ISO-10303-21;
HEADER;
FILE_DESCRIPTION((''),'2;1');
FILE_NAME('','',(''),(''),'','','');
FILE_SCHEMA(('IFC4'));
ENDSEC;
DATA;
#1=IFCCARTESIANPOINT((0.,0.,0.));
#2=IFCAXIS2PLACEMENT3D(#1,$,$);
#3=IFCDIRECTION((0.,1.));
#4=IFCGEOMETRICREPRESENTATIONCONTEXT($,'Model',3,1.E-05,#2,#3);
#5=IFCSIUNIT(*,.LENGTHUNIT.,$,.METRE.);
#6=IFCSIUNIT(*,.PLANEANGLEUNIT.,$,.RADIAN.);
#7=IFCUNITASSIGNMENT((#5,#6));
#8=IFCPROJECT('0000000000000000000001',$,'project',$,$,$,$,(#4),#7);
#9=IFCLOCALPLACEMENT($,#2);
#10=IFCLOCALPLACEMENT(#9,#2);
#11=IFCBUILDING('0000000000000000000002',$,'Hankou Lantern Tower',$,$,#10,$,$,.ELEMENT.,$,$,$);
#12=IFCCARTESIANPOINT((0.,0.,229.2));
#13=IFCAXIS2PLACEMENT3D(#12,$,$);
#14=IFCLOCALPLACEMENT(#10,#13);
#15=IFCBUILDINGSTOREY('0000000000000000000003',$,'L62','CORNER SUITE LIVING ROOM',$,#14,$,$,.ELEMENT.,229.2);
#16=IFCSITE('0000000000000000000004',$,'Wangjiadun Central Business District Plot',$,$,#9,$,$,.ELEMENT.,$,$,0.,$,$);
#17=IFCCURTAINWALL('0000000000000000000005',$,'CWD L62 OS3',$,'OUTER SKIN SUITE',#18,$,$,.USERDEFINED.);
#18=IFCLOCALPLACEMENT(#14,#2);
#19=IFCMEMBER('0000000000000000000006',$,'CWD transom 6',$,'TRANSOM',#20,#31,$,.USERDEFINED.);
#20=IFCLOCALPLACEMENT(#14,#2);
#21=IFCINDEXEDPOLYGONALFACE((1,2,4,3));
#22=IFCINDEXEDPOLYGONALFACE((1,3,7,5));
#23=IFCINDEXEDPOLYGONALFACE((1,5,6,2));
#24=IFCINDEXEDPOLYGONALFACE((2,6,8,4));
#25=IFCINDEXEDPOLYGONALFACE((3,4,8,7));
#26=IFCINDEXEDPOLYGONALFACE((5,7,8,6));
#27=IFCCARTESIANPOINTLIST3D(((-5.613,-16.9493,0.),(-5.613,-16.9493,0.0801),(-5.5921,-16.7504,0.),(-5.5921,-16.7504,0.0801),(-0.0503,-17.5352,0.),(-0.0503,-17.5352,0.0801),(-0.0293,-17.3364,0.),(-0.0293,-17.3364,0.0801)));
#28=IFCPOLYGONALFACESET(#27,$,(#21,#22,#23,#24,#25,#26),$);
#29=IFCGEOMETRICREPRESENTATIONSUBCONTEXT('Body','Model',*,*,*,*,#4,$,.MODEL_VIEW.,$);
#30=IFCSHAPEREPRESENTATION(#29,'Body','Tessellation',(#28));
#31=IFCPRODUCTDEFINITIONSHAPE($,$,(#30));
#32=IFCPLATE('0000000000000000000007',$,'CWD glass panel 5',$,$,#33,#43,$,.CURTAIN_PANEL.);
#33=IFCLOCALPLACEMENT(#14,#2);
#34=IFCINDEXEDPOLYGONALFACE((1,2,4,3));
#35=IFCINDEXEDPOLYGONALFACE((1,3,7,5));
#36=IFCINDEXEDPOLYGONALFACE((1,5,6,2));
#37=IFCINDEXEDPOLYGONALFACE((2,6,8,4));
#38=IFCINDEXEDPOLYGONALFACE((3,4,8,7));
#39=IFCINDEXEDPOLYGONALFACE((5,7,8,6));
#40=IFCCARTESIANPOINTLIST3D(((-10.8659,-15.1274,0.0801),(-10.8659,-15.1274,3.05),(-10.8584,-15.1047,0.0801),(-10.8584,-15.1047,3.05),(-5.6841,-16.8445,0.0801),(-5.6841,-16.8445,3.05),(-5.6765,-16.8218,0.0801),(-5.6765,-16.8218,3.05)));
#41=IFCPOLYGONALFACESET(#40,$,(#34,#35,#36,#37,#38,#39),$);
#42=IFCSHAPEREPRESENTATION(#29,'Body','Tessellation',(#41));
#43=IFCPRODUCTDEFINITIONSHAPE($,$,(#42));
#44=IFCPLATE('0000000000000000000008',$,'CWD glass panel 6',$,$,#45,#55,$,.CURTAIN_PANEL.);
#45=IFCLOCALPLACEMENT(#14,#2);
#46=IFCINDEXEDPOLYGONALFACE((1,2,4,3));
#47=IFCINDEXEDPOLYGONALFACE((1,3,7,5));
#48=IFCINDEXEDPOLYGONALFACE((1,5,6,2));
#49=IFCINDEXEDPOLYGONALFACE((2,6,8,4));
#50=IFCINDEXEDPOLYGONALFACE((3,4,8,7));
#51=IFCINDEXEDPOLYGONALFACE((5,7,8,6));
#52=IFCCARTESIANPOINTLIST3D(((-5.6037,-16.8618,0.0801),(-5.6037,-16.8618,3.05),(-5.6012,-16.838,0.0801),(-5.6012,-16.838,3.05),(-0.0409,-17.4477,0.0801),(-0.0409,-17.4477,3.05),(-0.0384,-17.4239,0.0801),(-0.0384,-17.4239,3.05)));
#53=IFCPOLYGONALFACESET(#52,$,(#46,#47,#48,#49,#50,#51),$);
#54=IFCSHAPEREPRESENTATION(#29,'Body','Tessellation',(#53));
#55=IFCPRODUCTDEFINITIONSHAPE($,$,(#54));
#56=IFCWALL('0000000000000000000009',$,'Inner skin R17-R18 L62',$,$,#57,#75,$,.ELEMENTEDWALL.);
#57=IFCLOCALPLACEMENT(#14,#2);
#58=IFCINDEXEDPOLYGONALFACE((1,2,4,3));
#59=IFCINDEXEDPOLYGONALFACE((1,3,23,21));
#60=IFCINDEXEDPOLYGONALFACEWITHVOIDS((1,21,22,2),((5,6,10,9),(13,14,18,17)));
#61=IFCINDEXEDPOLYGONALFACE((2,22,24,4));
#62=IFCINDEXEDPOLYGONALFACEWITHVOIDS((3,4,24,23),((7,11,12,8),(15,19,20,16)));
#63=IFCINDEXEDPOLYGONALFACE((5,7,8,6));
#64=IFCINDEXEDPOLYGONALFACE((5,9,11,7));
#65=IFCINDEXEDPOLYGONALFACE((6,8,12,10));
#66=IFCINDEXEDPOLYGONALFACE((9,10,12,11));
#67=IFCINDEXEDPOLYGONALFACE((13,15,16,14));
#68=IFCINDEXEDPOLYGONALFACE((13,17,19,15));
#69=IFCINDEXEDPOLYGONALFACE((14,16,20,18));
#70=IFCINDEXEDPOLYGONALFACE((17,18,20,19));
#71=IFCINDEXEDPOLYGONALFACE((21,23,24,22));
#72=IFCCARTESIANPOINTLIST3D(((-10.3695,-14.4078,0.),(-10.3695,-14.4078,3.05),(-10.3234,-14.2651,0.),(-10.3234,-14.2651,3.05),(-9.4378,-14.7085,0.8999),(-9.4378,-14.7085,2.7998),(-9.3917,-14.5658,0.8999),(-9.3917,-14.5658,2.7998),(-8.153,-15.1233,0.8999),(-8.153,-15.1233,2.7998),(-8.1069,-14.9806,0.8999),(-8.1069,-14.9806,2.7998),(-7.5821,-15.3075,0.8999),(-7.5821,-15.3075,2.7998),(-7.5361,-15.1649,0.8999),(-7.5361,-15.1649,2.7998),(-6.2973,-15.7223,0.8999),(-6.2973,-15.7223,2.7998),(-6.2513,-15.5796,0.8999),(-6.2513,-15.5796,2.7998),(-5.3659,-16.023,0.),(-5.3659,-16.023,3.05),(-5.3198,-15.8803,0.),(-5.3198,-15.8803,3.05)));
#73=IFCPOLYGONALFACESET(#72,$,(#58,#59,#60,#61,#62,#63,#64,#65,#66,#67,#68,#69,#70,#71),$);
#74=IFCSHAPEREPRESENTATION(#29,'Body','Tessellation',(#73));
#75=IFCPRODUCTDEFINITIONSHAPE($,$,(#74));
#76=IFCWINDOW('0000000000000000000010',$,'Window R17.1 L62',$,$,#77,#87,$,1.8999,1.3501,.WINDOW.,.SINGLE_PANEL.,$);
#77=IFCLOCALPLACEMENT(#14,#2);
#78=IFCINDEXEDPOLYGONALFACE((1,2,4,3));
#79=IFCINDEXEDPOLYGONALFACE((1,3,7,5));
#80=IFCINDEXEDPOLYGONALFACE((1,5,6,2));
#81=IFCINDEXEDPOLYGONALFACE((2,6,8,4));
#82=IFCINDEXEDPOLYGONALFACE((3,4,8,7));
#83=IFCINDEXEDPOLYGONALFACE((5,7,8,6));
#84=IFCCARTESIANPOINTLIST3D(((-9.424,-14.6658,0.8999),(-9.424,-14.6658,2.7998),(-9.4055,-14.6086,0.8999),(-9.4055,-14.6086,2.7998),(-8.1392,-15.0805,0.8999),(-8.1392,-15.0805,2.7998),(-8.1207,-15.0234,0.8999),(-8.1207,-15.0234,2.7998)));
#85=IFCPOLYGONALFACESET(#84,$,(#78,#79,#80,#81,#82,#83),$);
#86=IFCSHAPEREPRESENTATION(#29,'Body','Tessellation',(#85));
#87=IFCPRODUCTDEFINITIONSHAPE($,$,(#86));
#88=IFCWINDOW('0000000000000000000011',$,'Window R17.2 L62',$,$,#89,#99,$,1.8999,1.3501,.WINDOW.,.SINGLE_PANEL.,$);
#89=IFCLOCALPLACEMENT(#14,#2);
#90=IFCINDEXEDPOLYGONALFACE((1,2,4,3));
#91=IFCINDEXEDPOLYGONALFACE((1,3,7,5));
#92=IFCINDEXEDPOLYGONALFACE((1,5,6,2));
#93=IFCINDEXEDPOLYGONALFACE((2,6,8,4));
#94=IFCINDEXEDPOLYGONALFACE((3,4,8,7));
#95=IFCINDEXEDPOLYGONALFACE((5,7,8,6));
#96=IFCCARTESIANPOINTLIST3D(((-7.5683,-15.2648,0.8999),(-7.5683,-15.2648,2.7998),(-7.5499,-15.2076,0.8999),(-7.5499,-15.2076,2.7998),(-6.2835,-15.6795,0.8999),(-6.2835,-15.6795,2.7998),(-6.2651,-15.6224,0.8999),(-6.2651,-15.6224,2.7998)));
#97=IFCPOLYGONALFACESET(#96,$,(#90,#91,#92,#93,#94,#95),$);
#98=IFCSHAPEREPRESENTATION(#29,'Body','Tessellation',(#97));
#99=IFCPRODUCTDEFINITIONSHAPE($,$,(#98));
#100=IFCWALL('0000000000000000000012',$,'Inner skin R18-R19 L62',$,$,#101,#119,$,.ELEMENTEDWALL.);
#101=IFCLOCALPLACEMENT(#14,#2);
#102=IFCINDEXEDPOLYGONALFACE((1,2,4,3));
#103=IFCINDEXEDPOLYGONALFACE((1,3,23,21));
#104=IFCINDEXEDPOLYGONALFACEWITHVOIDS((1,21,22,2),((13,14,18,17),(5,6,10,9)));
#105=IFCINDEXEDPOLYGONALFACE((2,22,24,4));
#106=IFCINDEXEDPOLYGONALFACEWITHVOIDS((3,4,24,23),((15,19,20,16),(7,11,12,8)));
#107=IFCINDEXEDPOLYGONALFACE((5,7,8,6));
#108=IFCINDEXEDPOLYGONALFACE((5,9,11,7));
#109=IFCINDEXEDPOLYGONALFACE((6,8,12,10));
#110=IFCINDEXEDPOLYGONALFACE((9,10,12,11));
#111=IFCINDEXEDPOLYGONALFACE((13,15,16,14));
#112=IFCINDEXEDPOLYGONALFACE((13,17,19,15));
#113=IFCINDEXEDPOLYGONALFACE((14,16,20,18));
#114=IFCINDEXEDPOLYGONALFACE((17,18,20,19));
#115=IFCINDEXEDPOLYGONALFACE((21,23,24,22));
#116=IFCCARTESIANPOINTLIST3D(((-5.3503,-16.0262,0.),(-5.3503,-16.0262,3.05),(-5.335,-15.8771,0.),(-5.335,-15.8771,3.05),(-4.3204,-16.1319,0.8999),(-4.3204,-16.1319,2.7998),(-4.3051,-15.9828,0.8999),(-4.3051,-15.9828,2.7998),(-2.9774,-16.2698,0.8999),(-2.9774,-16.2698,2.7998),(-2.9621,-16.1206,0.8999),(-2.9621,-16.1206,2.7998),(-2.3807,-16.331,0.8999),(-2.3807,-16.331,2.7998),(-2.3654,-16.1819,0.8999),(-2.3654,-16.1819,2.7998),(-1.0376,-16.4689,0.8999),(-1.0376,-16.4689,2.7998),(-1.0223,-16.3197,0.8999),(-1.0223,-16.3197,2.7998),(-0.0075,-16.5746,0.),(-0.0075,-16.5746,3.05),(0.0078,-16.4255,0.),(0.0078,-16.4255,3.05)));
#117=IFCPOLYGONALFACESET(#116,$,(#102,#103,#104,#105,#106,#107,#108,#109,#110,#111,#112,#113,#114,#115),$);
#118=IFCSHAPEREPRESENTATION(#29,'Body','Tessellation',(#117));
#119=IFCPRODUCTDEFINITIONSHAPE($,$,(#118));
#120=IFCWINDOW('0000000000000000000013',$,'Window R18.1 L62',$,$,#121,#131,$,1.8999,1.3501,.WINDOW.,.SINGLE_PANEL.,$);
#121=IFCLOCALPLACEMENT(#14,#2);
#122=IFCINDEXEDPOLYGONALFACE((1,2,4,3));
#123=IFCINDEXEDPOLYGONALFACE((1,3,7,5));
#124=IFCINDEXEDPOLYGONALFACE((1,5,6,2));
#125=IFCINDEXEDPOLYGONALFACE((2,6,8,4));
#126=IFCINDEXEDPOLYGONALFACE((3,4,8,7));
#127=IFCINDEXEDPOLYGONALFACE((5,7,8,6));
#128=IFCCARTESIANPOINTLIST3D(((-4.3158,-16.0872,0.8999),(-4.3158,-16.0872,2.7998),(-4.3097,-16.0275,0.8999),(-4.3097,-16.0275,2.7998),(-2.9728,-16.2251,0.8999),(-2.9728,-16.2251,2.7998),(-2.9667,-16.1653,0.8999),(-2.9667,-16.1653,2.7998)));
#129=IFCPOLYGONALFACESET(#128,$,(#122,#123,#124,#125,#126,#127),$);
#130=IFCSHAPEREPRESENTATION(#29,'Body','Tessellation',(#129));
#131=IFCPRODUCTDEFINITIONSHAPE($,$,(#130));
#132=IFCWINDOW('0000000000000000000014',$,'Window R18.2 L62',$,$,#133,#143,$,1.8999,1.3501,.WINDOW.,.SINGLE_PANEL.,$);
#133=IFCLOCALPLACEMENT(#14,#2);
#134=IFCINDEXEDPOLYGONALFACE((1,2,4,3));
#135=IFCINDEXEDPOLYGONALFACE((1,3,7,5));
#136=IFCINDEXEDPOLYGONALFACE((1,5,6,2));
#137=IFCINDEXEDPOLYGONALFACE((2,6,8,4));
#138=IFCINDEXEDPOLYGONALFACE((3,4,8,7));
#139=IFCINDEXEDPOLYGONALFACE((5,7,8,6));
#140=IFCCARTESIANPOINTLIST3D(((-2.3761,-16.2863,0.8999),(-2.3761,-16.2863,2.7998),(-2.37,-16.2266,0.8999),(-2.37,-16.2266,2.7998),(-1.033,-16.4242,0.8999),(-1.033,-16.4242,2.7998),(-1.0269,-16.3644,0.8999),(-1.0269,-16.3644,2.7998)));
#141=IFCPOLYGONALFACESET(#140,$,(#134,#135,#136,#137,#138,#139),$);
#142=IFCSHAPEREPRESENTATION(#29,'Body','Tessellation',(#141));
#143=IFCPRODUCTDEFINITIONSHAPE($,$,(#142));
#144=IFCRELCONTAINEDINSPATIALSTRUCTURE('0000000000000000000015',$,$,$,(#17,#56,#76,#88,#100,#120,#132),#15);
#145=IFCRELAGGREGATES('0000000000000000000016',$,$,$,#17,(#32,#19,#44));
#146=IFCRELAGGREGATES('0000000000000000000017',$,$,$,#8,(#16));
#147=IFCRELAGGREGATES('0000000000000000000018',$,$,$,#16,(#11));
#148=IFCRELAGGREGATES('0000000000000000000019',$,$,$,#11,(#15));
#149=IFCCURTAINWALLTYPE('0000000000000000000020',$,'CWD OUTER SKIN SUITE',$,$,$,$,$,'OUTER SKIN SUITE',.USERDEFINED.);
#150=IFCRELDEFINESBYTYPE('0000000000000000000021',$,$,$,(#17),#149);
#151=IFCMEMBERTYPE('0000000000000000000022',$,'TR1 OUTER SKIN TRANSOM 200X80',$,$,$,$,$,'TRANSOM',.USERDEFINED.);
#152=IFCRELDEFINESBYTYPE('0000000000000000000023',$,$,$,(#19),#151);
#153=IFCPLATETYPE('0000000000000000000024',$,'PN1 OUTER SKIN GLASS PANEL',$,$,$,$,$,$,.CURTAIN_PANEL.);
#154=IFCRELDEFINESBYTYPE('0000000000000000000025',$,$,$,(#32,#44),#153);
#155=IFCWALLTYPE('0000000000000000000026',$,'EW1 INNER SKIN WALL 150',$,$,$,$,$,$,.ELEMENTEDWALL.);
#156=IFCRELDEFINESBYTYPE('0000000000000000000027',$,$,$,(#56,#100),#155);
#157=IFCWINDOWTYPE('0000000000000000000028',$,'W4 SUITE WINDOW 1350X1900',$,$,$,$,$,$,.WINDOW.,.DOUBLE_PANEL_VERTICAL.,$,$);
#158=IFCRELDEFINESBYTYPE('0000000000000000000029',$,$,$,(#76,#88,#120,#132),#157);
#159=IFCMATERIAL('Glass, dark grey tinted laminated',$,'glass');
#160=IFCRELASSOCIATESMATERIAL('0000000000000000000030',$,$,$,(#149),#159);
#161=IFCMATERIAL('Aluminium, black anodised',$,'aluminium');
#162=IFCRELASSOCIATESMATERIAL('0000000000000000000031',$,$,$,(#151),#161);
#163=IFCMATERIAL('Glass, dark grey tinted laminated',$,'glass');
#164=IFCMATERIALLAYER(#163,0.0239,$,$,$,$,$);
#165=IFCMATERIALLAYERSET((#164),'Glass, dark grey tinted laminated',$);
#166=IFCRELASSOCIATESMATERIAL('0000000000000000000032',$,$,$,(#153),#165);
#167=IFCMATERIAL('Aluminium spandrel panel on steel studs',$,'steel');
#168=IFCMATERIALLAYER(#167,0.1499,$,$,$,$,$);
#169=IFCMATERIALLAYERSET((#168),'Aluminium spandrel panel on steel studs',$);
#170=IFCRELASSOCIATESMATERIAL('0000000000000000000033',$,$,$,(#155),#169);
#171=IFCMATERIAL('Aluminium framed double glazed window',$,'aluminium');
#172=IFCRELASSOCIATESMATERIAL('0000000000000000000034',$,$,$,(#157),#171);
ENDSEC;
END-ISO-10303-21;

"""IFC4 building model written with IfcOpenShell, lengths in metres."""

from ifc_helpers import new_model, si_unit, direction, frame, frame_2d, origin, origin_2d, place, context, subcontext, project, spatial, rectangle, extrude, material, layer, layer_set, material_profile, profile_set, type_object, element, fill, aggregate, save


model = new_model("IFC4")

# Units and contexts
model_context = context("Model", 3, precision=1e-05, world=origin(), true_north=direction((0.0, 1.0)))
body_context = subcontext(model_context, "Body", "Model", "MODEL_VIEW")
ifc_project = project(units=[si_unit("LENGTHUNIT", "METRE"), si_unit("PLANEANGLEUNIT", "RADIAN")], contexts=[model_context])

# Site, building, storey
site_placement = place(None, origin())
site = spatial("IfcSite", under=ifc_project, at=site_placement, Name="Wangjiadun Central Business District Plot", CompositionType="ELEMENT", RefElevation=0.0)
building_placement = place(site_placement, origin())
building = spatial("IfcBuilding", under=site, at=building_placement, Name="Hankou Lantern Tower", CompositionType="ELEMENT")
storey_placement = place(building_placement, frame((0.0, 0.0, 229.2)))
storey = spatial("IfcBuildingStorey", under=building, at=storey_placement, Name="L62", Description="CORNER SUITE LIVING ROOM", CompositionType="ELEMENT", Elevation=229.2)

# Curtain wall
ifc_material_1 = material(Name="Glass, dark grey tinted laminated", Category="glass")
curtain_wall_type = type_object("IfcCurtainWallType", Name="CWD OUTER SKIN SUITE", ElementType="OUTER SKIN SUITE", PredefinedType="USERDEFINED", material=ifc_material_1)
curtain_wall_placement = place(storey_placement, origin())
curtain_wall = element("IfcCurtainWall", 1, at=curtain_wall_placement, inside=storey, type_object=curtain_wall_type, Name="CWD L62 OS3", ObjectType="OUTER SKIN SUITE", PredefinedType="USERDEFINED")

# Member
ifc_material_2 = material(Name="Aluminium, black anodised", Category="aluminium")
ifc_material_profile_1 = material_profile(ifc_material_2, rectangle(XDim=0.2, YDim=0.0801, at=origin_2d()), Name="TR1 200X80")
ifc_profile_set_1 = profile_set([ifc_material_profile_1], Name="Aluminium, black anodised")
member_type_1 = type_object("IfcMemberType", Name="TR1 OUTER SKIN TRANSOM 200X80", ElementType="TRANSOM", PredefinedType="USERDEFINED", material=ifc_profile_set_1)
member_1_placement = place(storey_placement, frame((-5.6025, -16.8499, 0.04), z_axis=(0.994498, -0.104753, 0.0), x_axis=(0.104753, 0.994498, 0.0)))
member_1 = element("IfcMember", 2, at=member_1_placement, type_object=member_type_1, Name="CWD transom 6", ObjectType="TRANSOM", PredefinedType="USERDEFINED", context=body_context, shape_type="SweptSolid", body=[
    extrude(rectangle(XDim=0.2, YDim=0.0801, at=origin_2d()), origin(), (0.0, 0.0, 1.0), 5.5935),
])

# Plates
ifc_material_3 = material(Name="Glass, dark grey tinted laminated", Category="glass")
ifc_layer_1 = layer(ifc_material_3, 0.0239)
ifc_layer_set_1 = layer_set([ifc_layer_1], Name="Glass, dark grey tinted laminated")
plate_type = type_object("IfcPlateType", Name="PN1 OUTER SKIN GLASS PANEL", PredefinedType="CURTAIN_PANEL", material=ifc_layer_set_1)
plate_1_placement = place(storey_placement, frame((-8.2712, -15.9746, 0.0801), z_axis=(0.0, 0.0, 1.0), x_axis=(0.949241, -0.314551, 0.0)))
plate_1 = element("IfcPlate", 3, at=plate_1_placement, type_object=plate_type, Name="CWD glass panel 5", PredefinedType="CURTAIN_PANEL", context=body_context, shape_type="SweptSolid", body=[
    extrude(rectangle(XDim=5.459, YDim=0.0239, at=origin_2d()), origin(), (0.0, 0.0, 1.0), 2.97),
])
plate_2_placement = place(storey_placement, frame((-2.821, -17.1428, 0.0801), z_axis=(0.0, 0.0, 1.0), x_axis=(0.994499, -0.104743, 0.0)))
plate_2 = element("IfcPlate", 4, at=plate_2_placement, type_object=plate_type, Name="CWD glass panel 6", PredefinedType="CURTAIN_PANEL", context=body_context, shape_type="SweptSolid", body=[
    extrude(rectangle(XDim=5.5935, YDim=0.0239, at=origin_2d()), origin(), (0.0, 0.0, 1.0), 2.97),
])
aggregate(curtain_wall, [plate_1, member_1, plate_2])

# Walls, openings, windows
ifc_material_4 = material(Name="Aluminium spandrel panel on steel studs", Category="steel")
ifc_layer_2 = layer(ifc_material_4, 0.1499)
ifc_layer_set_2 = layer_set([ifc_layer_2], Name="Aluminium spandrel panel on steel studs")
wall_type_1 = type_object("IfcWallType", Name="EW1 INNER SKIN WALL 150", PredefinedType="ELEMENTEDWALL", material=ifc_layer_set_2)
wall_1_placement = place(storey_placement, frame((-10.3464, -14.3364, 0.0), z_axis=(0.0, 0.0, 1.0), x_axis=(0.951645, -0.307201, 0.0)))
wall_1 = element("IfcWall", 5, at=wall_1_placement, inside=storey, type_object=wall_type_1, Name="Inner skin R17-R18 L62", PredefinedType="ELEMENTEDWALL", context=body_context, shape_type="SweptSolid", body=[
    extrude(rectangle(XDim=5.2578, YDim=0.1499, at=frame_2d((2.6289, 0.0))), origin(), (0.0, 0.0, 1.0), 3.05),
])
opening_1_placement = place(wall_1_placement, frame((0.979, 0.0, 0.8999)))
opening_1 = element("IfcOpeningElement", 6, at=opening_1_placement, cuts=wall_1, PredefinedType="OPENING", context=body_context, shape_type="SweptSolid", body=[
    extrude(rectangle(XDim=1.3501, YDim=1.8999, at=frame_2d((0.675, 0.95))), frame((0.0, 0.085, 0.0), z_axis=(0.0, -1.0, 0.0), x_axis=(1.0, 0.0, 0.0)), (0.0, 0.0, 1.0), 0.1699),
])
opening_2_placement = place(wall_1_placement, frame((2.929, 0.0, 0.8999)))
opening_2 = element("IfcOpeningElement", 7, at=opening_2_placement, cuts=wall_1, PredefinedType="OPENING", context=body_context, shape_type="SweptSolid", body=[
    extrude(rectangle(XDim=1.3501, YDim=1.8999, at=frame_2d((0.675, 0.95))), frame((0.0, 0.085, 0.0), z_axis=(0.0, -1.0, 0.0), x_axis=(1.0, 0.0, 0.0)), (0.0, 0.0, 1.0), 0.1699),
])
ifc_material_5 = material(Name="Aluminium framed double glazed window", Category="aluminium")
window_type = type_object("IfcWindowType", Name="W4 SUITE WINDOW 1350X1900", PartitioningType="DOUBLE_PANEL_VERTICAL", PredefinedType="WINDOW", material=ifc_material_5)
window_1_placement = place(opening_1_placement, origin())
window_1 = element("IfcWindow", 8, at=window_1_placement, inside=storey, type_object=window_type, Name="Window R17.1 L62", OverallHeight=1.8999, OverallWidth=1.3501, PartitioningType="SINGLE_PANEL", PredefinedType="WINDOW", context=body_context, shape_type="SweptSolid", body=[
    extrude(rectangle(XDim=1.3501, YDim=1.8999, at=frame_2d((0.675, 0.95))), frame((0.0, 0.03, 0.0), z_axis=(0.0, -1.0, 0.0), x_axis=(1.0, 0.0, 0.0)), (0.0, 0.0, 1.0), 0.0601),
])
fill(opening_1, window_1)
window_2_placement = place(opening_2_placement, origin())
window_2 = element("IfcWindow", 9, at=window_2_placement, inside=storey, type_object=window_type, Name="Window R17.2 L62", OverallHeight=1.8999, OverallWidth=1.3501, PartitioningType="SINGLE_PANEL", PredefinedType="WINDOW", context=body_context, shape_type="SweptSolid", body=[
    extrude(rectangle(XDim=1.3501, YDim=1.8999, at=frame_2d((0.675, 0.95))), frame((0.0, 0.03, 0.0), z_axis=(0.0, -1.0, 0.0), x_axis=(1.0, 0.0, 0.0)), (0.0, 0.0, 1.0), 0.0601),
])
fill(opening_2, window_2)
wall_2_placement = place(storey_placement, frame((-5.3428, -15.9517, 0.0), z_axis=(0.0, 0.0, 1.0), x_axis=(0.994775, -0.102096, 0.0)))
wall_2 = element("IfcWall", 10, at=wall_2_placement, inside=storey, type_object=wall_type_1, Name="Inner skin R18-R19 L62", PredefinedType="ELEMENTEDWALL", context=body_context, shape_type="SweptSolid", body=[
    extrude(rectangle(XDim=5.3708, YDim=0.1499, at=frame_2d((2.6855, 0.0))), origin(), (0.0, 0.0, 1.0), 3.05),
])
opening_3_placement = place(wall_2_placement, frame((1.0354, 0.0, 0.8999)))
opening_3 = element("IfcOpeningElement", 11, at=opening_3_placement, cuts=wall_2, PredefinedType="OPENING", context=body_context, shape_type="SweptSolid", body=[
    extrude(rectangle(XDim=1.3501, YDim=1.8999, at=frame_2d((0.675, 0.95))), frame((0.0, 0.085, 0.0), z_axis=(0.0, -1.0, 0.0), x_axis=(1.0, 0.0, 0.0)), (0.0, 0.0, 1.0), 0.1699),
])
opening_4_placement = place(wall_2_placement, frame((2.9854, 0.0, 0.8999)))
opening_4 = element("IfcOpeningElement", 12, at=opening_4_placement, cuts=wall_2, PredefinedType="OPENING", context=body_context, shape_type="SweptSolid", body=[
    extrude(rectangle(XDim=1.3501, YDim=1.8999, at=frame_2d((0.675, 0.95))), frame((0.0, 0.085, 0.0), z_axis=(0.0, -1.0, 0.0), x_axis=(1.0, 0.0, 0.0)), (0.0, 0.0, 1.0), 0.1699),
])
window_3_placement = place(opening_3_placement, origin())
window_3 = element("IfcWindow", 13, at=window_3_placement, inside=storey, type_object=window_type, Name="Window R18.1 L62", OverallHeight=1.8999, OverallWidth=1.3501, PartitioningType="SINGLE_PANEL", PredefinedType="WINDOW", context=body_context, shape_type="SweptSolid", body=[
    extrude(rectangle(XDim=1.3501, YDim=1.8999, at=frame_2d((0.675, 0.95))), frame((0.0, 0.03, 0.0), z_axis=(0.0, -1.0, 0.0), x_axis=(1.0, 0.0, 0.0)), (0.0, 0.0, 1.0), 0.0601),
])
fill(opening_3, window_3)
window_4_placement = place(opening_4_placement, origin())
window_4 = element("IfcWindow", 14, at=window_4_placement, inside=storey, type_object=window_type, Name="Window R18.2 L62", OverallHeight=1.8999, OverallWidth=1.3501, PartitioningType="SINGLE_PANEL", PredefinedType="WINDOW", context=body_context, shape_type="SweptSolid", body=[
    extrude(rectangle(XDim=1.3501, YDim=1.8999, at=frame_2d((0.675, 0.95))), frame((0.0, 0.03, 0.0), z_axis=(0.0, -1.0, 0.0), x_axis=(1.0, 0.0, 0.0)), (0.0, 0.0, 1.0), 0.0601),
])
fill(opening_4, window_4)

save(model, "model.ifc")
